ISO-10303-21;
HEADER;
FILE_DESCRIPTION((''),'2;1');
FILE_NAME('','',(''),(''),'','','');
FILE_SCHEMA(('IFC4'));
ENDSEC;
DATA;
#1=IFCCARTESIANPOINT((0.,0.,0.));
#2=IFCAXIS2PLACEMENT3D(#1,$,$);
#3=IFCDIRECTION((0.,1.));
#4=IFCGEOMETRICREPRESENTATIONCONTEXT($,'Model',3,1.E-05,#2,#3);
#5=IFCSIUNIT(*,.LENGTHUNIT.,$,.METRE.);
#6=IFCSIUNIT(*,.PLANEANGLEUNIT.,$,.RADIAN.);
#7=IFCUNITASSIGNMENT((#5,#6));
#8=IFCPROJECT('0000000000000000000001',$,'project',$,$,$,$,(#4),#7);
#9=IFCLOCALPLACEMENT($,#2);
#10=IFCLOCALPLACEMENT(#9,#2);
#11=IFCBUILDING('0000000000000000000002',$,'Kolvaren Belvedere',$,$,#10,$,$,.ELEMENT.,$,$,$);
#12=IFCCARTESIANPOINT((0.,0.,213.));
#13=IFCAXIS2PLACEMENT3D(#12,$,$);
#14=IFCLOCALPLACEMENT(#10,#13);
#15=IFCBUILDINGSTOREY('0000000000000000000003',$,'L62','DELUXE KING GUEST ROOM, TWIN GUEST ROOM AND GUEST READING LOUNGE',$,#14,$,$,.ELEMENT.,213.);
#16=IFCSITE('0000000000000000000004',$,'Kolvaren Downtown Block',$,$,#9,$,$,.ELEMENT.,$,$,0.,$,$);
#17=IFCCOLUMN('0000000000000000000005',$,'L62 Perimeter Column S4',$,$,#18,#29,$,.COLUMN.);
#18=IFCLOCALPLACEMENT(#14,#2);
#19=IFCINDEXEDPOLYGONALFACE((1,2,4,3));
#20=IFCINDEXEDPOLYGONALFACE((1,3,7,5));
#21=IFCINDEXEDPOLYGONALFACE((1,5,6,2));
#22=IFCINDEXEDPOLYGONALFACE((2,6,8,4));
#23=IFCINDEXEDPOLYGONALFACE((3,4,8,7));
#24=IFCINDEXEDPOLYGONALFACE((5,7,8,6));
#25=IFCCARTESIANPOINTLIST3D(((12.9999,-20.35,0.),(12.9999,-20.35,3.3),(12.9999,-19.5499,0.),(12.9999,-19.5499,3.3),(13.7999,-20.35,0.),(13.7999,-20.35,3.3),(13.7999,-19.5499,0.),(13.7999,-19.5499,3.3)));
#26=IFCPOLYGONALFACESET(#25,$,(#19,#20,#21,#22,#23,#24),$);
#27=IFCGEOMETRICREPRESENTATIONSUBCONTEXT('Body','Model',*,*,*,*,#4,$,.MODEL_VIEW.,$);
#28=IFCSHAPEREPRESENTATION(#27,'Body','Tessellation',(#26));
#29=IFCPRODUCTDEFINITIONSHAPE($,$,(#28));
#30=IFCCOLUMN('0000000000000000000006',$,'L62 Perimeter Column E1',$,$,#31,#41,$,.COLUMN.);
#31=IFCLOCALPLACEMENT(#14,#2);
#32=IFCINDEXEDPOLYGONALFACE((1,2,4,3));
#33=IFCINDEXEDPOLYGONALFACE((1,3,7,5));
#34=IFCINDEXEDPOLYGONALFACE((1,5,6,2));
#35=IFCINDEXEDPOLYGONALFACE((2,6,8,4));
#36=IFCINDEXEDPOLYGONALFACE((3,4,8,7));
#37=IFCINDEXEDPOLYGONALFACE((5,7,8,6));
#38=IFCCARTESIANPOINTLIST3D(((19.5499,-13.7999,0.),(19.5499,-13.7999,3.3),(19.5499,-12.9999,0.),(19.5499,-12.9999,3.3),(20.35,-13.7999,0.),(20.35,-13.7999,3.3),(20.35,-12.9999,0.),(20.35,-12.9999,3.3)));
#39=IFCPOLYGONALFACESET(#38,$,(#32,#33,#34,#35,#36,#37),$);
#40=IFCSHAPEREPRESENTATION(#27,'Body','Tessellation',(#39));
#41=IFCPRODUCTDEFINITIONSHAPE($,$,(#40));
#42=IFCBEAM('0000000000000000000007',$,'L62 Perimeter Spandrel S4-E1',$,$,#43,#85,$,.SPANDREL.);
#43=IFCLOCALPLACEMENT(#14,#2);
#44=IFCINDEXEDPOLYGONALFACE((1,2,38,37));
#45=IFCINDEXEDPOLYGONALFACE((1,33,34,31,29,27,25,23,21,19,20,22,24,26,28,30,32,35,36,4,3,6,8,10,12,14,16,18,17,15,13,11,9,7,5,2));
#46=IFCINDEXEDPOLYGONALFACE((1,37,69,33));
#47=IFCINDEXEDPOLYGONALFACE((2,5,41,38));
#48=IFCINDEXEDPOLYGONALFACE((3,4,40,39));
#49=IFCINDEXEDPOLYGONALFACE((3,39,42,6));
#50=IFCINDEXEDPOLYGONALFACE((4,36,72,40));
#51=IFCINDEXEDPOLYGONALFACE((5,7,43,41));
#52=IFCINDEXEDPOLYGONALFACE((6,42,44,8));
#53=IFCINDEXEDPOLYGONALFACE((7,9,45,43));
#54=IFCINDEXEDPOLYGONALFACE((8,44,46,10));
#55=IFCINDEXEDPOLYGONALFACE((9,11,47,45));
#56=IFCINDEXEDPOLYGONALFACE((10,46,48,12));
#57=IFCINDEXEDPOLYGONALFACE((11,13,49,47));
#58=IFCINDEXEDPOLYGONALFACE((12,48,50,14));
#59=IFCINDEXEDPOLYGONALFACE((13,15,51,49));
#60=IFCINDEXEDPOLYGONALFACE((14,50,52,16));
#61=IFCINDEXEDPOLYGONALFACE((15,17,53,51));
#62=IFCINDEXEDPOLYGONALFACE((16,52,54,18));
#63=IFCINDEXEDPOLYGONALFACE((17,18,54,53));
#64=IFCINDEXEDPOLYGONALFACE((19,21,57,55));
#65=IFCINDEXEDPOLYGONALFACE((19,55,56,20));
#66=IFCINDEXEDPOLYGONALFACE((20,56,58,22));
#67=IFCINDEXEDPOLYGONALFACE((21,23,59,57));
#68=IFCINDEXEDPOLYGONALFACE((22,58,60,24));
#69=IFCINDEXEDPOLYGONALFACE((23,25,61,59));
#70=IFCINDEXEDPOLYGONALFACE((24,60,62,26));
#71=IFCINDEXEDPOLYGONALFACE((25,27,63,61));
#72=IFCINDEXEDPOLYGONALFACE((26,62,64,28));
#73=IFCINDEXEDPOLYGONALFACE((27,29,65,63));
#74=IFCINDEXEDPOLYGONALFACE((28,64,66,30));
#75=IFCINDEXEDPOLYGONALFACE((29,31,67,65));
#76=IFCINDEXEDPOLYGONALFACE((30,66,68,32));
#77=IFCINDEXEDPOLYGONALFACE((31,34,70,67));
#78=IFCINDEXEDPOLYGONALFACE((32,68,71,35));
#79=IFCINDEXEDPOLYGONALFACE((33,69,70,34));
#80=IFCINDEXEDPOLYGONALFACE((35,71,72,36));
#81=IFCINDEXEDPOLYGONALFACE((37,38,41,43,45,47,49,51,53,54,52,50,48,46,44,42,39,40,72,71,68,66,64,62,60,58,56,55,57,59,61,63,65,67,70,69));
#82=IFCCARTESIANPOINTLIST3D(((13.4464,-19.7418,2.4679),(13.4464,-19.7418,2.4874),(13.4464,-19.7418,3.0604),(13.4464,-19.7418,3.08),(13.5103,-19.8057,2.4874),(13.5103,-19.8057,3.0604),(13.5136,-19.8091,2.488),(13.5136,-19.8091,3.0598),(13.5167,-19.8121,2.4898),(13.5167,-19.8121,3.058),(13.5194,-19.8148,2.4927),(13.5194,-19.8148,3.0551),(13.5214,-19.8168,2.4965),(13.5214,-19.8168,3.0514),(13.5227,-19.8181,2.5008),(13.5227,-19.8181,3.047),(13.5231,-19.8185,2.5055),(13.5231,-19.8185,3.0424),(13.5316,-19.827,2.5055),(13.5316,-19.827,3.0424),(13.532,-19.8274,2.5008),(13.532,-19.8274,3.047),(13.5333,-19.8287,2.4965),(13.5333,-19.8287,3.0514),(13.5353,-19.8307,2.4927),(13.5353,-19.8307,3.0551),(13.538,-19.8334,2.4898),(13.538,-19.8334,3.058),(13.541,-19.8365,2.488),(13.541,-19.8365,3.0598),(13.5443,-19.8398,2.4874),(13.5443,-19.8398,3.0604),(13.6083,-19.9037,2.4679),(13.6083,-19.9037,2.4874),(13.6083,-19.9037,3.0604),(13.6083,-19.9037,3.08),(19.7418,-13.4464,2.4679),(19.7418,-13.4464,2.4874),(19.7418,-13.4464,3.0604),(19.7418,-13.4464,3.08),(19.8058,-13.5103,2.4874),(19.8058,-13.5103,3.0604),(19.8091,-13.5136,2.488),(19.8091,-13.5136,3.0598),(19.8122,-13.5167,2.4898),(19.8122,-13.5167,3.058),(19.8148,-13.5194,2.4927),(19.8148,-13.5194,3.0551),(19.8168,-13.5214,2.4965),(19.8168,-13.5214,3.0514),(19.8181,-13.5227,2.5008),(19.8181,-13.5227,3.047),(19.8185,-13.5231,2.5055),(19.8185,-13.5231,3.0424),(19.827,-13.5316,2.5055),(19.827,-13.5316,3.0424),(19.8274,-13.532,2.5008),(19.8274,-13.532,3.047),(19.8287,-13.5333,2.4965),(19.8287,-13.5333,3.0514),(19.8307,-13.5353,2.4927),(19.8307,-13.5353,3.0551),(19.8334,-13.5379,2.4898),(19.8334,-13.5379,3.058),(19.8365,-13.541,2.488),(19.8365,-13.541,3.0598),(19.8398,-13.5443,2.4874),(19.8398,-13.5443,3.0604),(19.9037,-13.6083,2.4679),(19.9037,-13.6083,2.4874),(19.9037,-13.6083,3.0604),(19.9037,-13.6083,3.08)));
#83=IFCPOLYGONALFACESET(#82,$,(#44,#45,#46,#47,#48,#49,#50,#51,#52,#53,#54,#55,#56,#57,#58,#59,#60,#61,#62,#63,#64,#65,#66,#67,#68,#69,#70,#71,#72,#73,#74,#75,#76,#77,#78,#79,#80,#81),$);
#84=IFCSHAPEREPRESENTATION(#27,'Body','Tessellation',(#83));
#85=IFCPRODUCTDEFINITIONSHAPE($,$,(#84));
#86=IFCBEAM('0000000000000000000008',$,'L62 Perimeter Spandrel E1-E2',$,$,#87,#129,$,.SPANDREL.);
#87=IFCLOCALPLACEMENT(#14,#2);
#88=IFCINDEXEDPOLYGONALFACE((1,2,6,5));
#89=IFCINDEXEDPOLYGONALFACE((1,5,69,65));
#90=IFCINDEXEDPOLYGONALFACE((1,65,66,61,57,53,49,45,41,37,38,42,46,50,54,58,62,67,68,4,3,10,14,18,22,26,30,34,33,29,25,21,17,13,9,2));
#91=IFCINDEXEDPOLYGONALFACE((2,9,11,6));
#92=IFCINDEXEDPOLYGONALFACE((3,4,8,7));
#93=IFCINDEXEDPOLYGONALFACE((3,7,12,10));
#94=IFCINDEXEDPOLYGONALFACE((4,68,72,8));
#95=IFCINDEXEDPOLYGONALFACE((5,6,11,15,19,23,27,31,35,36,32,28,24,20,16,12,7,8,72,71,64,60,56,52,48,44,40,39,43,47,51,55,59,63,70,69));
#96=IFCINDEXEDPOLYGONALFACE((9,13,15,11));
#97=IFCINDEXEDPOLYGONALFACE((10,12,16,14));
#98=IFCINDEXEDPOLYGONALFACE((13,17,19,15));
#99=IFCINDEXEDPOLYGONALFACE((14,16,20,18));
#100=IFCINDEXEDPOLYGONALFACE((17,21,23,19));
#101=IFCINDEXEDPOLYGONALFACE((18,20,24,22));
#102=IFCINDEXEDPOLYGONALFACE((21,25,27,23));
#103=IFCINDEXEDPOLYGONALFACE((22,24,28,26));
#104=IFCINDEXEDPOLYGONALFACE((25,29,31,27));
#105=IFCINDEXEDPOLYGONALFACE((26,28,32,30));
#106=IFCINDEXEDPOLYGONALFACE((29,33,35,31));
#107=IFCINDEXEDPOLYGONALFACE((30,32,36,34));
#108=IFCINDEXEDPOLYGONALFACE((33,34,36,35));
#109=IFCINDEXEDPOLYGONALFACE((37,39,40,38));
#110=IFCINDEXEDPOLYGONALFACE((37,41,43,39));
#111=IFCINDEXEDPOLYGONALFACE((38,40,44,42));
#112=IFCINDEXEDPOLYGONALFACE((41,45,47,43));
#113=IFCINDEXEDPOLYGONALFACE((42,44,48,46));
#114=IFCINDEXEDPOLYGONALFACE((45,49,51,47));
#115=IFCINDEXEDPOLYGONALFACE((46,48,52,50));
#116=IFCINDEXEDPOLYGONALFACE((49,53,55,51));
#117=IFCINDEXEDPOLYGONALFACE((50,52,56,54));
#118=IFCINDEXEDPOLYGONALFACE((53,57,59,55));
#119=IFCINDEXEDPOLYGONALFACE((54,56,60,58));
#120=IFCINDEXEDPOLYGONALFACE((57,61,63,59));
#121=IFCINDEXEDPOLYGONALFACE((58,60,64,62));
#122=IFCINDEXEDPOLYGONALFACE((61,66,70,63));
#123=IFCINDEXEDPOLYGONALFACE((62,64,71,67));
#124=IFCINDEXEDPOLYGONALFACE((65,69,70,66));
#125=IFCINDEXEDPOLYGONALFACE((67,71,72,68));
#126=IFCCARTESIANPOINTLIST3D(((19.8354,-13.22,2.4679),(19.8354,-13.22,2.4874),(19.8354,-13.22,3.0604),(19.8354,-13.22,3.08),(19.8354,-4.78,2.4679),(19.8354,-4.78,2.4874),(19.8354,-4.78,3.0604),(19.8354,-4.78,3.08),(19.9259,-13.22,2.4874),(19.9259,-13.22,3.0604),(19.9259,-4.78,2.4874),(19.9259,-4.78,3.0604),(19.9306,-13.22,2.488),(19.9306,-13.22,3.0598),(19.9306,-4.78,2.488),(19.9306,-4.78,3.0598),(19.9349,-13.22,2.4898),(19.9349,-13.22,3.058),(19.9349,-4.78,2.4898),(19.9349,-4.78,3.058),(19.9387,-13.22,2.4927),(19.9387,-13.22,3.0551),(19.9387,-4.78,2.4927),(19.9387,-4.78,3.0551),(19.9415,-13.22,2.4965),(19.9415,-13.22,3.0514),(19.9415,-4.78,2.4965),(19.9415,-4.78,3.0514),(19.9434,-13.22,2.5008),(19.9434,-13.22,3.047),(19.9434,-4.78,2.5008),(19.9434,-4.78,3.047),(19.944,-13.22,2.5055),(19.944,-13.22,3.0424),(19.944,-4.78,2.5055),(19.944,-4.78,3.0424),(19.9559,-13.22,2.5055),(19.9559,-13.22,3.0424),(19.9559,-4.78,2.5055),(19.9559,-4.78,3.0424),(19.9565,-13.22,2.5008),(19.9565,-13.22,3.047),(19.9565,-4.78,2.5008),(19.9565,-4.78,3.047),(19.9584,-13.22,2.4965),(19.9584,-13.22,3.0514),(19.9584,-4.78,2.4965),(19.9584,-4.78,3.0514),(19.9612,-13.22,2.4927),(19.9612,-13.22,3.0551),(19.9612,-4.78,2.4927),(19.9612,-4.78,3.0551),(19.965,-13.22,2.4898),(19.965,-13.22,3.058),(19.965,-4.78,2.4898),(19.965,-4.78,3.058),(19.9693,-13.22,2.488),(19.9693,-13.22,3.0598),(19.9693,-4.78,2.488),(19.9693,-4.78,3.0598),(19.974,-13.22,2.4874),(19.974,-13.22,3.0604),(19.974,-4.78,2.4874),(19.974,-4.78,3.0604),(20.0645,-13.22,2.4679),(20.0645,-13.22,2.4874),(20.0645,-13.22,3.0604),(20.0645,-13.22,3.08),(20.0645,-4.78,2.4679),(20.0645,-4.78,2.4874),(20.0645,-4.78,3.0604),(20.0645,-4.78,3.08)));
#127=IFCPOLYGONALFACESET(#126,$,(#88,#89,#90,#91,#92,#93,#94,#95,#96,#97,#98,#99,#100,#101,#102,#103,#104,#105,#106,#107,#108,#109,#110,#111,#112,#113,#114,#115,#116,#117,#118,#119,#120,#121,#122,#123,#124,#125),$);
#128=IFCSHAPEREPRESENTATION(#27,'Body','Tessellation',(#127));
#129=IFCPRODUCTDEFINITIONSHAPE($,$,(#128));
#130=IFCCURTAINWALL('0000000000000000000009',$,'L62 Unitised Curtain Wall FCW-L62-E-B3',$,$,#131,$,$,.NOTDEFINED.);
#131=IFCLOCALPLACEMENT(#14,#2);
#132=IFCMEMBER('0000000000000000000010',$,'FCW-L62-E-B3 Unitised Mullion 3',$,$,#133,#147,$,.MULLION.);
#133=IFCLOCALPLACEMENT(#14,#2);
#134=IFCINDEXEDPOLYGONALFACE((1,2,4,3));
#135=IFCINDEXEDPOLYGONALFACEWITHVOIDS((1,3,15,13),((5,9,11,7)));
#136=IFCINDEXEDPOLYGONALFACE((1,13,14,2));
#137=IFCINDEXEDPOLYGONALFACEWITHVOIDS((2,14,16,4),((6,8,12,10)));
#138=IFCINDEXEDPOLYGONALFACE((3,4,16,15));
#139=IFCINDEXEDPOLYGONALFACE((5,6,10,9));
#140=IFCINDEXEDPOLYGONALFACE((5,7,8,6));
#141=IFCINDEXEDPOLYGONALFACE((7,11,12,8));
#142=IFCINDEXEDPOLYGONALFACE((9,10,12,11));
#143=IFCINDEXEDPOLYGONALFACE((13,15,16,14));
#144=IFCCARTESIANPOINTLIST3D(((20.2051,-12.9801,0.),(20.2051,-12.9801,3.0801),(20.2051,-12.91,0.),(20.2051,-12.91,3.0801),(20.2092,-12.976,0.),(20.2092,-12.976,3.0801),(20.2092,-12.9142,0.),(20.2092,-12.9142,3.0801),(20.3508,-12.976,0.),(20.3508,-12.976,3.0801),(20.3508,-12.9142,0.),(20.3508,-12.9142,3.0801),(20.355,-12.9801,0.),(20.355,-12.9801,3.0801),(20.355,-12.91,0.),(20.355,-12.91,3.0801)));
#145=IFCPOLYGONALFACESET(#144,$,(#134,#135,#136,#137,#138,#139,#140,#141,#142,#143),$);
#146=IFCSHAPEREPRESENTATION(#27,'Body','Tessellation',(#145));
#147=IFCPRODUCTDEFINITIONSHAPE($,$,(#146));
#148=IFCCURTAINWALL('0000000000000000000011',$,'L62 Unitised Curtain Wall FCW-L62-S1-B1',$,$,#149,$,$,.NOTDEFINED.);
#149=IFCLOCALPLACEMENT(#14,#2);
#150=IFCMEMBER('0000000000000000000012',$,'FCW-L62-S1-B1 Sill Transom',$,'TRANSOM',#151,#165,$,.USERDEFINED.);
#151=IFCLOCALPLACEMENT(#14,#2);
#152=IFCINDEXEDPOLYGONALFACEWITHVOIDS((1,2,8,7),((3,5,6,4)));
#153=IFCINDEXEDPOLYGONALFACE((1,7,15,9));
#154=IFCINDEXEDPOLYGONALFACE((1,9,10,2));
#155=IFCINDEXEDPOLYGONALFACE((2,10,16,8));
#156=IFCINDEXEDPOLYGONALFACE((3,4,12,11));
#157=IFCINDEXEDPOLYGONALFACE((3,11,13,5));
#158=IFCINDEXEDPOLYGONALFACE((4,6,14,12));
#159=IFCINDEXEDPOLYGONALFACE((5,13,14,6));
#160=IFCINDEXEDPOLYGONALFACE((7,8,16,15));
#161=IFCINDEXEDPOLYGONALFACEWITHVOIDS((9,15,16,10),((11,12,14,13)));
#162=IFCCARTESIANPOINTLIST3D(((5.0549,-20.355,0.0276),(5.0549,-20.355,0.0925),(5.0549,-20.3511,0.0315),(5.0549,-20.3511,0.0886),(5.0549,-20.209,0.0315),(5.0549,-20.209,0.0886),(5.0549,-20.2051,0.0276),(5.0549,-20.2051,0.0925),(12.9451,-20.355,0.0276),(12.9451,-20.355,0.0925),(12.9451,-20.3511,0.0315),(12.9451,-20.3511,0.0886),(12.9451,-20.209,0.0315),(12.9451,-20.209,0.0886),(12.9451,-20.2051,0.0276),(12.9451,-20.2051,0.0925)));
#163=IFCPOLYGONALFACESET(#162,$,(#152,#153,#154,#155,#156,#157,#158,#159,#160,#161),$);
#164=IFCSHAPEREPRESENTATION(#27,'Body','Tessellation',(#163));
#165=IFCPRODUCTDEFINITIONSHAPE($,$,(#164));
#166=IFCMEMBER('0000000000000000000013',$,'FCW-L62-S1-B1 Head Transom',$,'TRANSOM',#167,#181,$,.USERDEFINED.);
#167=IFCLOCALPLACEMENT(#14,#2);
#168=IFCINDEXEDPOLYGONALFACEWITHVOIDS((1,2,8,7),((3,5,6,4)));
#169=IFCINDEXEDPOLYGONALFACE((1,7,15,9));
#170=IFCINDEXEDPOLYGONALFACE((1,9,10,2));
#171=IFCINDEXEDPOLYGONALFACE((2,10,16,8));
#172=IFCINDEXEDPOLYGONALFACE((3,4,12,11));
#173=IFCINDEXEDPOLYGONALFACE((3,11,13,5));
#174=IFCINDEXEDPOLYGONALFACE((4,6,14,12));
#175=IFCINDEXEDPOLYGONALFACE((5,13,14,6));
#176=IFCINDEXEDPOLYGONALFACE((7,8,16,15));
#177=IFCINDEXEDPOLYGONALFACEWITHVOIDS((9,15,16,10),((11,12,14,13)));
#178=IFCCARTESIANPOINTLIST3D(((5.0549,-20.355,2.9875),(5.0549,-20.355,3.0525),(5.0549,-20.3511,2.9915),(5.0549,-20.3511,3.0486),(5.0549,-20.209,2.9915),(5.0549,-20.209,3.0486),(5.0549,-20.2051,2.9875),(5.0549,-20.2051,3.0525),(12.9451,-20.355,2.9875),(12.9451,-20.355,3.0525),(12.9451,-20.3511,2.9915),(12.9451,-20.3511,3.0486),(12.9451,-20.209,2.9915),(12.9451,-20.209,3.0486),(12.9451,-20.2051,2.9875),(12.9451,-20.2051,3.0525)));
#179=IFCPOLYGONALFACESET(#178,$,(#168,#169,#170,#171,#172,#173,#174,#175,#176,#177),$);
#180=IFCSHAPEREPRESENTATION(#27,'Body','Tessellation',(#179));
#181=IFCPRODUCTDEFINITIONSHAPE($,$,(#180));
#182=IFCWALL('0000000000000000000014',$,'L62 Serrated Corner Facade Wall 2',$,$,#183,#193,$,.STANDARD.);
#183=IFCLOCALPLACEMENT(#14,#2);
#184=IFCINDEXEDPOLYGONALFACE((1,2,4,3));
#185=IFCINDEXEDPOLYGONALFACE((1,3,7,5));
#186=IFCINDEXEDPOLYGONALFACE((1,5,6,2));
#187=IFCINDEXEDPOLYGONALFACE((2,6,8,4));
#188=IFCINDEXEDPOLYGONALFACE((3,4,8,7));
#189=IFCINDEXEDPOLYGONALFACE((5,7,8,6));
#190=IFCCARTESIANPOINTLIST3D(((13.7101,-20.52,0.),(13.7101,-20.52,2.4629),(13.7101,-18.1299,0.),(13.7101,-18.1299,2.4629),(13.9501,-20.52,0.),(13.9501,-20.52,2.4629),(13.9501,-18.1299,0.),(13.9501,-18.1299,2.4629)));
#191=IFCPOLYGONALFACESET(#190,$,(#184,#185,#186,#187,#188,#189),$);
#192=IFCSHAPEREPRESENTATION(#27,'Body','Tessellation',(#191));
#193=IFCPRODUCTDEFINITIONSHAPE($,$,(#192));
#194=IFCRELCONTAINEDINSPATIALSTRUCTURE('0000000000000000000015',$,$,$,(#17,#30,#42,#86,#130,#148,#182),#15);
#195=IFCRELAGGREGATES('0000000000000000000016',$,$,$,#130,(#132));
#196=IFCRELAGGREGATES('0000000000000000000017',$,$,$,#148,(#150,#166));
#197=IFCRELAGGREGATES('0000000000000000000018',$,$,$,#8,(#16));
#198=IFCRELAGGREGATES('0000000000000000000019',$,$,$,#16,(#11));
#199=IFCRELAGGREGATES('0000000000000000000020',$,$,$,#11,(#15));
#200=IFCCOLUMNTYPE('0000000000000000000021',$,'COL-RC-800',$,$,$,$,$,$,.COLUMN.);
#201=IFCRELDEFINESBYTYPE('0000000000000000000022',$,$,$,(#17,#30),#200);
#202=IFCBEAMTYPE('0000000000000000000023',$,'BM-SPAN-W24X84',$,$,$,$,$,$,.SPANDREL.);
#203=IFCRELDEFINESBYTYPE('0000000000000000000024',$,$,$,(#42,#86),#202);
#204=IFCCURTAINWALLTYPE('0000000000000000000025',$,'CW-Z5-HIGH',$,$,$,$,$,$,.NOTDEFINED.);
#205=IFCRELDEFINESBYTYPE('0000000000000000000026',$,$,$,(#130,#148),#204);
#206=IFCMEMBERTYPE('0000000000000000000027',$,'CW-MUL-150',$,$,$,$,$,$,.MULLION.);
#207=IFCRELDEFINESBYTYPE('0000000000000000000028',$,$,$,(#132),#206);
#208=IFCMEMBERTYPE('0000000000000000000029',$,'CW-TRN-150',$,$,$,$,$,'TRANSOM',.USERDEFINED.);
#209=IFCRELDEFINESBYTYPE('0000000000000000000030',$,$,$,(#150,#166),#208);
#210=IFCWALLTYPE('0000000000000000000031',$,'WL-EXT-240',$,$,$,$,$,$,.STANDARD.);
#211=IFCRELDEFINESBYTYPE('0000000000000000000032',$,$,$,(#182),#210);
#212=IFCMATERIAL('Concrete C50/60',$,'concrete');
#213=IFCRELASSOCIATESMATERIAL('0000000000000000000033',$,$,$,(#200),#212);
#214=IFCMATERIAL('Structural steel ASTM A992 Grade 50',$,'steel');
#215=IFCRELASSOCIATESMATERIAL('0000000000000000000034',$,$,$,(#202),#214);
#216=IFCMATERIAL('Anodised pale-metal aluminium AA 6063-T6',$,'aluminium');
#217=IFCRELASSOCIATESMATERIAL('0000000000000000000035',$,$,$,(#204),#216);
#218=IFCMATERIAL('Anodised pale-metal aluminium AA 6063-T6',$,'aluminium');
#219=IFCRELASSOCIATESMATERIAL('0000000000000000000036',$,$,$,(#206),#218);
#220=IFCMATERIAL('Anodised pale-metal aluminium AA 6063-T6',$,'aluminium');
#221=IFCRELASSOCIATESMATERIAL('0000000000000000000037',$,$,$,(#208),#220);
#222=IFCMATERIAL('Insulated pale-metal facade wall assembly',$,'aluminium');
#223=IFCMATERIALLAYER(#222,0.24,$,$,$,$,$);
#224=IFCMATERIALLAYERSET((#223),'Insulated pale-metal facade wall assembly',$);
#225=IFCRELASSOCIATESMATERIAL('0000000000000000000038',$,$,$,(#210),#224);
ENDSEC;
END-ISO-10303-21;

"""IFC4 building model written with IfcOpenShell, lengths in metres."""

from ifc_helpers import new_model, si_unit, direction, frame, frame_2d, origin, origin_2d, place, context, subcontext, project, spatial, rectangle, hollow_rectangle, i_section, extrude, material, layer, layer_set, material_profile, profile_set, type_object, element, aggregate, save


model = new_model("IFC4")

# Units and contexts
model_context = context("Model", 3, precision=1e-05, world=origin(), true_north=direction((0.0, 1.0)))
body_context = subcontext(model_context, "Body", "Model", "MODEL_VIEW")
ifc_project = project(units=[si_unit("LENGTHUNIT", "METRE"), si_unit("PLANEANGLEUNIT", "RADIAN")], contexts=[model_context])

# Site, building, storey
site_placement = place(None, origin())
site = spatial("IfcSite", under=ifc_project, at=site_placement, Name="Kolvaren Downtown Block", CompositionType="ELEMENT", RefElevation=0.0)
building_placement = place(site_placement, origin())
building = spatial("IfcBuilding", under=site, at=building_placement, Name="Kolvaren Belvedere", CompositionType="ELEMENT")
storey_placement = place(building_placement, frame((0.0, 0.0, 213.0)))
storey = spatial("IfcBuildingStorey", under=building, at=storey_placement, Name="L62", Description="DELUXE KING GUEST ROOM, TWIN GUEST ROOM AND GUEST READING LOUNGE", CompositionType="ELEMENT", Elevation=213.0)

# Columns
ifc_material_1 = material(Name="Concrete C50/60", Category="concrete")
ifc_material_profile_1 = material_profile(ifc_material_1, rectangle(XDim=0.8, YDim=0.8, at=origin_2d()), Name="RC 800X800")
ifc_profile_set_1 = profile_set([ifc_material_profile_1], Name="Concrete C50/60")
column_type = type_object("IfcColumnType", Name="COL-RC-800", PredefinedType="COLUMN", material=ifc_profile_set_1)
for number, where, z_axis, x_axis, name in (
    (1, (13.3999, -19.95, 0.0), (0.0, 0.0, 1.0), (1.0, 0.0, 0.0), "L62 Perimeter Column S4"),
    (2, (19.95, -13.3999, 0.0), (0.0, 0.0, 1.0), (1.0, 0.0, 0.0), "L62 Perimeter Column E1"),
):
    element("IfcColumn", number, at=place(storey_placement, frame(where, z_axis=z_axis, x_axis=x_axis)), inside=storey, type_object=column_type, Name=name, PredefinedType="COLUMN", context=body_context, shape_type="SweptSolid", body=[
        extrude(rectangle(XDim=0.8, YDim=0.8, at=origin_2d()), origin(), (0.0, 0.0, 1.0), 3.3),
    ])

# Beams
ifc_material_2 = material(Name="Structural steel ASTM A992 Grade 50", Category="steel")
ifc_material_profile_2 = material_profile(ifc_material_2, i_section(OverallWidth=0.229, OverallDepth=0.6121, WebThickness=0.012, FlangeThickness=0.0195, FilletRadius=0.0181, at=origin_2d()), Name="W24X84")
ifc_profile_set_2 = profile_set([ifc_material_profile_2], Name="Structural steel ASTM A992 Grade 50")
beam_type = type_object("IfcBeamType", Name="BM-SPAN-W24X84", PredefinedType="SPANDREL", material=ifc_profile_set_2)
beam_1_placement = place(storey_placement, frame((13.5273, -19.8228, 2.7739), z_axis=(0.707107, 0.707107, 0.0), x_axis=(-0.707107, 0.707107, 0.0)))
element("IfcBeam", 3, at=beam_1_placement, inside=storey, type_object=beam_type, Name="L62 Perimeter Spandrel S4-E1", PredefinedType="SPANDREL", context=body_context, shape_type="SweptSolid", body=[
    extrude(i_section(OverallWidth=0.229, OverallDepth=0.6121, WebThickness=0.012, FlangeThickness=0.0195, FilletRadius=0.0181, at=origin_2d()), origin(), (0.0, 0.0, 1.0), 8.9031),
])
beam_2_placement = place(storey_placement, frame((19.95, -13.22, 2.7739), z_axis=(0.0, 1.0, 0.0), x_axis=(-1.0, 0.0, 0.0)))
element("IfcBeam", 4, at=beam_2_placement, inside=storey, type_object=beam_type, Name="L62 Perimeter Spandrel E1-E2", PredefinedType="SPANDREL", context=body_context, shape_type="SweptSolid", body=[
    extrude(i_section(OverallWidth=0.229, OverallDepth=0.6121, WebThickness=0.012, FlangeThickness=0.0195, FilletRadius=0.0181, at=origin_2d()), origin(), (0.0, 0.0, 1.0), 8.4399),
])

# Curtain wall, member
ifc_material_3 = material(Name="Anodised pale-metal aluminium AA 6063-T6", Category="aluminium")
curtain_wall_type = type_object("IfcCurtainWallType", Name="CW-Z5-HIGH", PredefinedType="NOTDEFINED", material=ifc_material_3)
curtain_wall_1_placement = place(storey_placement, origin())
curtain_wall_1 = element("IfcCurtainWall", 5, at=curtain_wall_1_placement, inside=storey, type_object=curtain_wall_type, Name="L62 Unitised Curtain Wall FCW-L62-E-B3", PredefinedType="NOTDEFINED")
ifc_material_4 = material(Name="Anodised pale-metal aluminium AA 6063-T6", Category="aluminium")
ifc_material_profile_3 = material_profile(ifc_material_4, hollow_rectangle(XDim=0.0701, YDim=0.1499, WallThickness=0.0042, at=origin_2d()), Name="ALU-MUL-150X70")
ifc_profile_set_3 = profile_set([ifc_material_profile_3], Name="Anodised pale-metal aluminium AA 6063-T6")
member_type_1 = type_object("IfcMemberType", Name="CW-MUL-150", PredefinedType="MULLION", material=ifc_profile_set_3)
member_1_placement = place(storey_placement, frame((20.28, -12.9451, 0.0), z_axis=(0.0, 0.0, 1.0), x_axis=(0.0, 1.0, 0.0)))
member_1 = element("IfcMember", 6, at=member_1_placement, type_object=member_type_1, Name="FCW-L62-E-B3 Unitised Mullion 3", PredefinedType="MULLION", context=body_context, shape_type="SweptSolid", body=[
    extrude(hollow_rectangle(XDim=0.0701, YDim=0.1499, WallThickness=0.0042, at=origin_2d()), origin(), (0.0, 0.0, 1.0), 3.0801),
])
aggregate(curtain_wall_1, [member_1])

# Curtain wall, members
curtain_wall_2_placement = place(storey_placement, origin())
curtain_wall_2 = element("IfcCurtainWall", 7, at=curtain_wall_2_placement, inside=storey, type_object=curtain_wall_type, Name="L62 Unitised Curtain Wall FCW-L62-S1-B1", PredefinedType="NOTDEFINED")
ifc_material_5 = material(Name="Anodised pale-metal aluminium AA 6063-T6", Category="aluminium")
ifc_material_profile_4 = material_profile(ifc_material_5, hollow_rectangle(XDim=0.0649, YDim=0.1499, WallThickness=0.0039, at=origin_2d()), Name="ALU-TRN-150X65")
ifc_profile_set_4 = profile_set([ifc_material_profile_4], Name="Anodised pale-metal aluminium AA 6063-T6")
member_type_2 = type_object("IfcMemberType", Name="CW-TRN-150", ElementType="TRANSOM", PredefinedType="USERDEFINED", material=ifc_profile_set_4)
member_2_placement = place(storey_placement, frame((12.9451, -20.28, 0.0601), z_axis=(-1.0, 0.0, 0.0), x_axis=(0.0, 0.0, 1.0)))
member_2 = element("IfcMember", 8, at=member_2_placement, type_object=member_type_2, Name="FCW-L62-S1-B1 Sill Transom", ObjectType="TRANSOM", PredefinedType="USERDEFINED", context=body_context, shape_type="SweptSolid", body=[
    extrude(hollow_rectangle(XDim=0.0649, YDim=0.1499, WallThickness=0.0039, at=origin_2d()), origin(), (0.0, 0.0, 1.0), 7.8901),
])
member_3_placement = place(storey_placement, frame((12.9451, -20.28, 3.02), z_axis=(-1.0, 0.0, 0.0), x_axis=(0.0, 0.0, 1.0)))
member_3 = element("IfcMember", 9, at=member_3_placement, type_object=member_type_2, Name="FCW-L62-S1-B1 Head Transom", ObjectType="TRANSOM", PredefinedType="USERDEFINED", context=body_context, shape_type="SweptSolid", body=[
    extrude(hollow_rectangle(XDim=0.0649, YDim=0.1499, WallThickness=0.0039, at=origin_2d()), origin(), (0.0, 0.0, 1.0), 7.8901),
])
aggregate(curtain_wall_2, [member_2, member_3])

# Wall
ifc_material_6 = material(Name="Insulated pale-metal facade wall assembly", Category="aluminium")
ifc_layer = layer(ifc_material_6, 0.24)
ifc_layer_set = layer_set([ifc_layer], Name="Insulated pale-metal facade wall assembly")
wall_type = type_object("IfcWallType", Name="WL-EXT-240", PredefinedType="STANDARD", material=ifc_layer_set)
wall_1_placement = place(storey_placement, frame((13.8301, -18.1299, 0.0), z_axis=(0.0, 0.0, 1.0), x_axis=(0.0, -1.0, 0.0)))
element("IfcWall", 10, at=wall_1_placement, inside=storey, type_object=wall_type, Name="L62 Serrated Corner Facade Wall 2", PredefinedType="STANDARD", context=body_context, shape_type="SweptSolid", body=[
    extrude(rectangle(XDim=2.3901, YDim=0.24, at=frame_2d((1.1951, 0.0))), origin(), (0.0, 0.0, 1.0), 2.4629),
])

save(model, "model.ifc")
